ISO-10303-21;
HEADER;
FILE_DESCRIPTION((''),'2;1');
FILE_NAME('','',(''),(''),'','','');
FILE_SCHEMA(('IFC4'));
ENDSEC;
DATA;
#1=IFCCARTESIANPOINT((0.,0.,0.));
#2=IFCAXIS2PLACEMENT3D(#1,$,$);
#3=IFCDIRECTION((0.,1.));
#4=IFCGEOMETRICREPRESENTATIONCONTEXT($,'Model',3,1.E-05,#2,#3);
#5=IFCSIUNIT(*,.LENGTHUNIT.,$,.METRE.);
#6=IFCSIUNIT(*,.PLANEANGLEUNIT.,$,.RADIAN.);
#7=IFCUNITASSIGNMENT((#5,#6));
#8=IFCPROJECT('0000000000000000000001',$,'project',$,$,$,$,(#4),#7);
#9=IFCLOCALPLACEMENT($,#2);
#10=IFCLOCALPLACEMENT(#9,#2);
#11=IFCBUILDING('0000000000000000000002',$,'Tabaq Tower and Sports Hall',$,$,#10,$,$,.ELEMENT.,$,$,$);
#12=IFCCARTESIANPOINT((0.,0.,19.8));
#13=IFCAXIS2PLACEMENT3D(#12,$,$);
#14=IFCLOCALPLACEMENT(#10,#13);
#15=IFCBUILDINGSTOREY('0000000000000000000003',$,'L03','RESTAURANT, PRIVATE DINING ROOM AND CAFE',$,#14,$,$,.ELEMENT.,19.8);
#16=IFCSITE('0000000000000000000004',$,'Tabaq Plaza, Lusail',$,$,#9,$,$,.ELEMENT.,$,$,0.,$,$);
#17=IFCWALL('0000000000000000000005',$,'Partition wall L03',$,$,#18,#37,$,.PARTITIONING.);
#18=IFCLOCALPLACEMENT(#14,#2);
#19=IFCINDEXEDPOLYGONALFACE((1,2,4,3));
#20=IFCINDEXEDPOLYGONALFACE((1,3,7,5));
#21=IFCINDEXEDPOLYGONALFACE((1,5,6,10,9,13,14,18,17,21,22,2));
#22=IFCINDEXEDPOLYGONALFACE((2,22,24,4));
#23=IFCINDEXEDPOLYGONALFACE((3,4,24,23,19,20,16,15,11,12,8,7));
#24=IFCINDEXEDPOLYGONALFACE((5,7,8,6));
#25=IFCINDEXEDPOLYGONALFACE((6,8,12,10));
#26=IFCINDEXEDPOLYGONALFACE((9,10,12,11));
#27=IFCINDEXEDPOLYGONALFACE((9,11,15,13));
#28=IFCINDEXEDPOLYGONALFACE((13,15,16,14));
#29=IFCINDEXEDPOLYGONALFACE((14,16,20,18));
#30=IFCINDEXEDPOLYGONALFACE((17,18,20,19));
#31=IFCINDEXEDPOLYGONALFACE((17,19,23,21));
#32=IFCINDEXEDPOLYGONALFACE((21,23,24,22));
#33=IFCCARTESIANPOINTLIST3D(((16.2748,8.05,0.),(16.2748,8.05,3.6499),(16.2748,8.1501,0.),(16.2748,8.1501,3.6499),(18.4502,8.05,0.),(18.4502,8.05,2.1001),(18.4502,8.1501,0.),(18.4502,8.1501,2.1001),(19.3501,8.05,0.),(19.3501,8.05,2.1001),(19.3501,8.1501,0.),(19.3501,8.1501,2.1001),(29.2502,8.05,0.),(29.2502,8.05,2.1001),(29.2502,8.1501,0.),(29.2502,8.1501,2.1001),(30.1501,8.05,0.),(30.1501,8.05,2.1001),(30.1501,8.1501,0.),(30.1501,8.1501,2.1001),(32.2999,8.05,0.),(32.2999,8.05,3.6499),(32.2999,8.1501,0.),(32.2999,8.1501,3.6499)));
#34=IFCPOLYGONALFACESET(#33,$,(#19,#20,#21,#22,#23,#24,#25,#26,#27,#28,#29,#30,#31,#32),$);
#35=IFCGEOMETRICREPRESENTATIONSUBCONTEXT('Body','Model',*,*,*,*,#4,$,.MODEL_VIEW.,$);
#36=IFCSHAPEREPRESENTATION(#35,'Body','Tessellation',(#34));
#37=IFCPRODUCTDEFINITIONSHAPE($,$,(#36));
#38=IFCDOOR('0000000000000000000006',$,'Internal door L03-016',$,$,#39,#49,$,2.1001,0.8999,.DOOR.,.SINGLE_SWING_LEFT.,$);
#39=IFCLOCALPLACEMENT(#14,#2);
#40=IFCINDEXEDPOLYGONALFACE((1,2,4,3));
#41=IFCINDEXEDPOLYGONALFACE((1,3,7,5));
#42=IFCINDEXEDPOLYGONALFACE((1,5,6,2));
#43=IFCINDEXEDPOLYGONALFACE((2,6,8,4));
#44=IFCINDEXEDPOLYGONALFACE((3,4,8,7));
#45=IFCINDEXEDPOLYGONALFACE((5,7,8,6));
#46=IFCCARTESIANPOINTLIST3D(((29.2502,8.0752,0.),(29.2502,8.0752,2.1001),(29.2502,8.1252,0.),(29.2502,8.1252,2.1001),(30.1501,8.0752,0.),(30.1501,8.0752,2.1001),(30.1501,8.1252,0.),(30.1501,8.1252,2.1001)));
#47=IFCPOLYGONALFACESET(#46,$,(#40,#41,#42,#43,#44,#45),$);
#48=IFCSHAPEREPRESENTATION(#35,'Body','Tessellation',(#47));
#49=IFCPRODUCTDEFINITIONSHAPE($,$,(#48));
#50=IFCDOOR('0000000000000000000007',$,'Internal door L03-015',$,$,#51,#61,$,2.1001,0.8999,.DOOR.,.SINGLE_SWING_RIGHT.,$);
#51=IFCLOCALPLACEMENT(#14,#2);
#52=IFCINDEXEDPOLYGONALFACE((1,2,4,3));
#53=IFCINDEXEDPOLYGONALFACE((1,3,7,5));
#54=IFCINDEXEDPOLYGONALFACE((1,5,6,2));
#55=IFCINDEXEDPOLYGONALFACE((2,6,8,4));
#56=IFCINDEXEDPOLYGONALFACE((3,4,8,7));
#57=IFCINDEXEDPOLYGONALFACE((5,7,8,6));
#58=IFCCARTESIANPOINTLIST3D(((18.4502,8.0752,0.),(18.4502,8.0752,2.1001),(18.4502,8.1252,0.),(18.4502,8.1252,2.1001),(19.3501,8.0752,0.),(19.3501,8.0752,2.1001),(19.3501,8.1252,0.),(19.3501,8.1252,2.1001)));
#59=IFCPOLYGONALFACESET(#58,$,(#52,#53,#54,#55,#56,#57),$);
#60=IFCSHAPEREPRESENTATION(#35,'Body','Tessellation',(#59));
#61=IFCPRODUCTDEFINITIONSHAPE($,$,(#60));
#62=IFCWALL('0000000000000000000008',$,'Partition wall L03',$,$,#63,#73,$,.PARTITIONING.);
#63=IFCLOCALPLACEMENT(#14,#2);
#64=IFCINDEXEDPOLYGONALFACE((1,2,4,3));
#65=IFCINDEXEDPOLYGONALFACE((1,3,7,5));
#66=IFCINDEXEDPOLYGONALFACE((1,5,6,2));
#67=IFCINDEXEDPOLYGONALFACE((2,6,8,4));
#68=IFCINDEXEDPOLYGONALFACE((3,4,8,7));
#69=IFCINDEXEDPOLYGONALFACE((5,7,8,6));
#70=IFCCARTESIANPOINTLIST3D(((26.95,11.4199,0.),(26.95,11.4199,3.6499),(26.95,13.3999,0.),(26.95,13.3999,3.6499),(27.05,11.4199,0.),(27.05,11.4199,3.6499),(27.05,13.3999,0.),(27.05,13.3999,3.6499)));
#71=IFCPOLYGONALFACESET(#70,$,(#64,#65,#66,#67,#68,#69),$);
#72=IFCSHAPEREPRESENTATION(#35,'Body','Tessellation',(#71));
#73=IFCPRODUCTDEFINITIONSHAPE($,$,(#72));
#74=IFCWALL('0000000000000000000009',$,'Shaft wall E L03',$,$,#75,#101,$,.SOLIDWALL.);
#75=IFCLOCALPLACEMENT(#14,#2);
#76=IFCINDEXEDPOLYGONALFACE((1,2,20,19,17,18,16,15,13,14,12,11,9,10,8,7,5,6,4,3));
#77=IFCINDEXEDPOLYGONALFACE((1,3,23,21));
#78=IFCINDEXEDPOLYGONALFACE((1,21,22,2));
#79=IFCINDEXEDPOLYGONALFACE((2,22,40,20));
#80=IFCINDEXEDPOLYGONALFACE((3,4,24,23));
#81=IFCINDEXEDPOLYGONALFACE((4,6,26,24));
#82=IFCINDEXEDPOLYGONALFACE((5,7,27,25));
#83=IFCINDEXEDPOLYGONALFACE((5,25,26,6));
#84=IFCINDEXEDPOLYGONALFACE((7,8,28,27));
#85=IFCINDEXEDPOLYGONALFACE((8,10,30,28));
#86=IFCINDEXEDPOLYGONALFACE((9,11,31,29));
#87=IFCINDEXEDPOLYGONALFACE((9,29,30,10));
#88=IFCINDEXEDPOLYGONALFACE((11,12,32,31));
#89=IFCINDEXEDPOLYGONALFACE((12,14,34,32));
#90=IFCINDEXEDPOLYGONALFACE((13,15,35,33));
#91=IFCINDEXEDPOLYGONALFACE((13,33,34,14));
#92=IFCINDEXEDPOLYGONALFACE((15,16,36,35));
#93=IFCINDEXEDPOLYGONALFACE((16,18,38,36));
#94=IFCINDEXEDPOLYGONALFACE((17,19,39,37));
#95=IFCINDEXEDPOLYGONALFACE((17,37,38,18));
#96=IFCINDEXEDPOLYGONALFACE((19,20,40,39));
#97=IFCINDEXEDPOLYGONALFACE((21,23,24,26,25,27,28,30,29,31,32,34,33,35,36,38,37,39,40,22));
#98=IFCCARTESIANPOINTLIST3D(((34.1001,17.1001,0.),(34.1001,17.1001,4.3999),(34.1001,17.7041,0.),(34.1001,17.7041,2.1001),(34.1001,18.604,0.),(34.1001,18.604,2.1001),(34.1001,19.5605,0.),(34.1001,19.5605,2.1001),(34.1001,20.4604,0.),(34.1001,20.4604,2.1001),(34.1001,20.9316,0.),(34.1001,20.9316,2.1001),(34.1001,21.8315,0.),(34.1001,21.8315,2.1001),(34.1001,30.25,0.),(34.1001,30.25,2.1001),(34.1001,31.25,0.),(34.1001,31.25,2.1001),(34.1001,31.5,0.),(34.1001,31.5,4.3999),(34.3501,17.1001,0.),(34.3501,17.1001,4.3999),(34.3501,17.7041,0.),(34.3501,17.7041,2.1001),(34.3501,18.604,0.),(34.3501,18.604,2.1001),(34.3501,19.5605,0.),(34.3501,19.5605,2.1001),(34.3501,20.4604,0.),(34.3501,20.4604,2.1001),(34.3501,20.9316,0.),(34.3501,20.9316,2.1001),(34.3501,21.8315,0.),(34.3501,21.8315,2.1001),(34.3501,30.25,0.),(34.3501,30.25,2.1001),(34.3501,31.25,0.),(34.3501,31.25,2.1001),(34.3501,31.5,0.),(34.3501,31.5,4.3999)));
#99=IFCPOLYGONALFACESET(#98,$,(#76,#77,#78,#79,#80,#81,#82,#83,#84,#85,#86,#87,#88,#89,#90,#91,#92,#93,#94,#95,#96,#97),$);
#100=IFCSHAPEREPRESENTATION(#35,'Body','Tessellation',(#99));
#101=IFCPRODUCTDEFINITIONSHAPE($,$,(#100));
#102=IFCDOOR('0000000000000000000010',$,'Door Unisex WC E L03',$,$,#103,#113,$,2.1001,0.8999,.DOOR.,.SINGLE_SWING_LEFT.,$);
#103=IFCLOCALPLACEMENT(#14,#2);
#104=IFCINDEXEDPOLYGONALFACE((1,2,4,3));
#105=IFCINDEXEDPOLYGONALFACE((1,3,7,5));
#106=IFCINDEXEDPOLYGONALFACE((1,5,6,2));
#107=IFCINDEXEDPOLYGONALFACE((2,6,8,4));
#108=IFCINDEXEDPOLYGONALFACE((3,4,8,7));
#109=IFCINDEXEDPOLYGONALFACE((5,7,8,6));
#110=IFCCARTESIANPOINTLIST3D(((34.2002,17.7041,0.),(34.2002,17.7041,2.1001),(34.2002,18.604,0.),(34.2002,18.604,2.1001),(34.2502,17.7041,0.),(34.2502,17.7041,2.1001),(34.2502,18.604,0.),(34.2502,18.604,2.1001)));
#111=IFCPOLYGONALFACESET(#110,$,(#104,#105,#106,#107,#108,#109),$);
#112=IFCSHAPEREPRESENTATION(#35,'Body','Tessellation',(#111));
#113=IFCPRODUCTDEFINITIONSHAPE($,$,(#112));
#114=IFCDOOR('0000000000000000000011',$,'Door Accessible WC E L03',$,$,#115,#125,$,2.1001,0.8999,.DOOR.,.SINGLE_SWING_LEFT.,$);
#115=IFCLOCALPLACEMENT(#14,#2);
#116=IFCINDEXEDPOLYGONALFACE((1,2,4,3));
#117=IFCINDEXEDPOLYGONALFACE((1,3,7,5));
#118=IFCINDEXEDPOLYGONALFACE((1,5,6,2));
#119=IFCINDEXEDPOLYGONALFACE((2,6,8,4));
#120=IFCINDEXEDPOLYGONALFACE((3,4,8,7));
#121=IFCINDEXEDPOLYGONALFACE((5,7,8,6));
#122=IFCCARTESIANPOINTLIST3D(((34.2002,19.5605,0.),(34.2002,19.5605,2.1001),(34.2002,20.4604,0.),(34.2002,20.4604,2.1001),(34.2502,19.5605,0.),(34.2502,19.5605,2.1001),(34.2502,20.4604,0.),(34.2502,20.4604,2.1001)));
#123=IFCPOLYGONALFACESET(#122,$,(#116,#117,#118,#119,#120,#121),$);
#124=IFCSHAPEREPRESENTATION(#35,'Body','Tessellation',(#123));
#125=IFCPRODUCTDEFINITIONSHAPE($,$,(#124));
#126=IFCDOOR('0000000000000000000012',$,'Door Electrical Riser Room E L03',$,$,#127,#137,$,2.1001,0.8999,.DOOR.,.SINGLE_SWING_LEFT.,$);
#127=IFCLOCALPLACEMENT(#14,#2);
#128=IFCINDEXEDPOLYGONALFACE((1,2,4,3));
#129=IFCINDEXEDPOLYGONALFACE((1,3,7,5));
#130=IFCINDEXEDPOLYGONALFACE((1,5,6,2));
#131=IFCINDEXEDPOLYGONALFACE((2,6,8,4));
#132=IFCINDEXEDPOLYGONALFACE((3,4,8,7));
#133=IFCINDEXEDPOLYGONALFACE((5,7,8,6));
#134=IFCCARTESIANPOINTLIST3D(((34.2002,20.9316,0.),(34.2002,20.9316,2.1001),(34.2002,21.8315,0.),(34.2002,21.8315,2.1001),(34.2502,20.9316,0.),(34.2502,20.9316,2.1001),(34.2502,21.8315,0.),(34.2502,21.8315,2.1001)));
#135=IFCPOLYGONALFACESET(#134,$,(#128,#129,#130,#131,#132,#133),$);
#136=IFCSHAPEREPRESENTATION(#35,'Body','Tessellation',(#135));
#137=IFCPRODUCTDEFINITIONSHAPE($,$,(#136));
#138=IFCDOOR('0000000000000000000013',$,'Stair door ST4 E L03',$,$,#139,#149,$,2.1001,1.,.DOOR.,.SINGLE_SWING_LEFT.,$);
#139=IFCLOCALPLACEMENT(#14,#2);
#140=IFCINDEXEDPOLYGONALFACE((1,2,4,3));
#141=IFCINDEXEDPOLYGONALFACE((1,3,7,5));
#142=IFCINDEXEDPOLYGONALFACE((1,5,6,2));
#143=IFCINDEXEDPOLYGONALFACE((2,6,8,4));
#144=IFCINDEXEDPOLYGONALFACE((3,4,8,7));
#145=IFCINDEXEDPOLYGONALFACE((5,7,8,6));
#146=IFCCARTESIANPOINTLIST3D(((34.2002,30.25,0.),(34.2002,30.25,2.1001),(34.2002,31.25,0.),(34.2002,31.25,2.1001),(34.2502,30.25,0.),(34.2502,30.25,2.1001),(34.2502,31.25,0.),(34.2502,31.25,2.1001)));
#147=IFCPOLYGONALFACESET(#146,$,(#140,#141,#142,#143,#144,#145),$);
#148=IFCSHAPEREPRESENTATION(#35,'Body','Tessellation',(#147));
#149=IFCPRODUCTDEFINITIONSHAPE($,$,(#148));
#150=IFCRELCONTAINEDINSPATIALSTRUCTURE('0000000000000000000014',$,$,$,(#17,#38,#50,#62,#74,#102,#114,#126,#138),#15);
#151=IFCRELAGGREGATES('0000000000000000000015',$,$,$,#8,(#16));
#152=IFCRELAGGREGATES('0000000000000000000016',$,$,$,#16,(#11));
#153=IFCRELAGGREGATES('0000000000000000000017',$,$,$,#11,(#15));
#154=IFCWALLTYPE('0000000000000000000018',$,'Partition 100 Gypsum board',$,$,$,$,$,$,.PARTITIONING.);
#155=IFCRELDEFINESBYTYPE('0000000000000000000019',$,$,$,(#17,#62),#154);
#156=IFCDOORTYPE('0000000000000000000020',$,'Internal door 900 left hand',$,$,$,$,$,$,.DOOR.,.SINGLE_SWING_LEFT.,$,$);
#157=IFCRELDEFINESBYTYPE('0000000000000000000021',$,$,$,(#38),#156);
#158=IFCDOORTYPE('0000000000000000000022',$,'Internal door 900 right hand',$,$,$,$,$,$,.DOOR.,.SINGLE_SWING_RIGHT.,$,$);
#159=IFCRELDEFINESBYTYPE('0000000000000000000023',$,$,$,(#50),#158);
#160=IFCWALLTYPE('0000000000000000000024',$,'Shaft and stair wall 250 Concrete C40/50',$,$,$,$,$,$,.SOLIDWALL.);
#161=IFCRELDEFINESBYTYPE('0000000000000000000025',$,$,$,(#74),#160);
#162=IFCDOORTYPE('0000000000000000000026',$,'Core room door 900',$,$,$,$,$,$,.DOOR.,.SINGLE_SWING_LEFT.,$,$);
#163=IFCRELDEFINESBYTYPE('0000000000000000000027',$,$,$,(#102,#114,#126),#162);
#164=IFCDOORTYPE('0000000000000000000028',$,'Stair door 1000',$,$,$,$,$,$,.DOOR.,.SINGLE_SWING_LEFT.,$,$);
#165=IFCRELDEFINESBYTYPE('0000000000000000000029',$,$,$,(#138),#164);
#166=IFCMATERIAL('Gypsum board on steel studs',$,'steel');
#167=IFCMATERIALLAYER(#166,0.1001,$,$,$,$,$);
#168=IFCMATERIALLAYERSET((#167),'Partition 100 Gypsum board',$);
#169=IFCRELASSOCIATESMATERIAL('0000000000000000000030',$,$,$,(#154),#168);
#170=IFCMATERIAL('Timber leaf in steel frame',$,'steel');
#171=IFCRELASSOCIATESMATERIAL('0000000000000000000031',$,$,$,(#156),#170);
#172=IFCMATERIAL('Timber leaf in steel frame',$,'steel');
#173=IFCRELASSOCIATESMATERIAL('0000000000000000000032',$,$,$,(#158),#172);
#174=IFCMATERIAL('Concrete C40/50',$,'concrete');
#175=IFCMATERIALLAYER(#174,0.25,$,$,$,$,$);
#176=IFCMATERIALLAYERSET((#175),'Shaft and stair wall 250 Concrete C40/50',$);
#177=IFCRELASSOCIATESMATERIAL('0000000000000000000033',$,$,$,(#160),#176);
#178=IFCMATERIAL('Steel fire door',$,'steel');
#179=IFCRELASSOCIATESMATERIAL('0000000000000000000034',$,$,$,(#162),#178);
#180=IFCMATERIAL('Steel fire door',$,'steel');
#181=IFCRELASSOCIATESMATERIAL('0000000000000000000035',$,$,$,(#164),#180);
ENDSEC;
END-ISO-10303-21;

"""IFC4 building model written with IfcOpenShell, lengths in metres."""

from ifc_helpers import new_model, si_unit, direction, frame, frame_2d, origin, place, context, subcontext, project, spatial, rectangle, extrude, material, layer, layer_set, type_object, element, fill, save


model = new_model("IFC4")

# Units and contexts
model_context = context("Model", 3, precision=1e-05, world=origin(), true_north=direction((0.0, 1.0)))
body_context = subcontext(model_context, "Body", "Model", "MODEL_VIEW")
ifc_project = project(units=[si_unit("LENGTHUNIT", "METRE"), si_unit("PLANEANGLEUNIT", "RADIAN")], contexts=[model_context])

# Site, building, storey
site_placement = place(None, origin())
site = spatial("IfcSite", under=ifc_project, at=site_placement, Name="Tabaq Plaza, Lusail", CompositionType="ELEMENT", RefElevation=0.0)
building_placement = place(site_placement, origin())
building = spatial("IfcBuilding", under=site, at=building_placement, Name="Tabaq Tower and Sports Hall", CompositionType="ELEMENT")
storey_placement = place(building_placement, frame((0.0, 0.0, 19.8)))
storey = spatial("IfcBuildingStorey", under=building, at=storey_placement, Name="L03", Description="RESTAURANT, PRIVATE DINING ROOM AND CAFE", CompositionType="ELEMENT", Elevation=19.8)

# Wall, openings, doors
ifc_material_1 = material(Name="Gypsum board on steel studs", Category="steel")
ifc_layer_1 = layer(ifc_material_1, 0.1001)
ifc_layer_set_1 = layer_set([ifc_layer_1], Name="Partition 100 Gypsum board")
wall_type_1 = type_object("IfcWallType", Name="Partition 100 Gypsum board", PredefinedType="PARTITIONING", material=ifc_layer_set_1)
wall_1_placement = place(storey_placement, frame((32.3, 8.1001, 0.0), z_axis=(0.0, 0.0, 1.0), x_axis=(-1.0, 0.0, 0.0)))
wall_1 = element("IfcWall", 1, at=wall_1_placement, inside=storey, type_object=wall_type_1, Name="Partition wall L03", PredefinedType="PARTITIONING", context=body_context, shape_type="SweptSolid", body=[
    extrude(rectangle(XDim=16.0251, YDim=0.1001, at=frame_2d((8.0127, 0.0))), origin(), (0.0, 0.0, 1.0), 3.6499),
])
opening_1_placement = place(wall_1_placement, frame((12.95, 0.0, 0.0)))
opening_1 = element("IfcOpeningElement", 2, at=opening_1_placement, cuts=wall_1, PredefinedType="OPENING", context=body_context, shape_type="SweptSolid", body=[
    extrude(rectangle(XDim=0.8999, YDim=2.1001, at=frame_2d((0.45, 1.05))), frame((0.0, 0.05, 0.0), z_axis=(0.0, -1.0, 0.0), x_axis=(1.0, 0.0, 0.0)), (0.0, 0.0, 1.0), 0.1001),
])
opening_2_placement = place(wall_1_placement, frame((2.1499, 0.0, 0.0)))
opening_2 = element("IfcOpeningElement", 3, at=opening_2_placement, cuts=wall_1, PredefinedType="OPENING", context=body_context, shape_type="SweptSolid", body=[
    extrude(rectangle(XDim=0.8999, YDim=2.1001, at=frame_2d((0.45, 1.05))), frame((0.0, 0.05, 0.0), z_axis=(0.0, -1.0, 0.0), x_axis=(1.0, 0.0, 0.0)), (0.0, 0.0, 1.0), 0.1001),
])
ifc_material_2 = material(Name="Timber leaf in steel frame", Category="steel")
door_type_1 = type_object("IfcDoorType", Name="Internal door 900 left hand", OperationType="SINGLE_SWING_LEFT", PredefinedType="DOOR", material=ifc_material_2)
door_1_placement = place(opening_2_placement, origin())
door_1 = element("IfcDoor", 4, at=door_1_placement, inside=storey, type_object=door_type_1, Name="Internal door L03-016", OperationType="SINGLE_SWING_LEFT", OverallHeight=2.1001, OverallWidth=0.8999, PredefinedType="DOOR", context=body_context, shape_type="SweptSolid", body=[
    extrude(rectangle(XDim=0.8999, YDim=2.1001, at=frame_2d((0.45, 1.05))), frame((0.0, 0.0249, 0.0), z_axis=(0.0, -1.0, 0.0), x_axis=(1.0, 0.0, 0.0)), (0.0, 0.0, 1.0), 0.05),
])
fill(opening_2, door_1)
ifc_material_3 = material(Name="Timber leaf in steel frame", Category="steel")
door_type_2 = type_object("IfcDoorType", Name="Internal door 900 right hand", OperationType="SINGLE_SWING_RIGHT", PredefinedType="DOOR", material=ifc_material_3)
door_2_placement = place(opening_1_placement, origin())
door_2 = element("IfcDoor", 5, at=door_2_placement, inside=storey, type_object=door_type_2, Name="Internal door L03-015", OperationType="SINGLE_SWING_RIGHT", OverallHeight=2.1001, OverallWidth=0.8999, PredefinedType="DOOR", context=body_context, shape_type="SweptSolid", body=[
    extrude(rectangle(XDim=0.8999, YDim=2.1001, at=frame_2d((0.45, 1.05))), frame((0.0, 0.0249, 0.0), z_axis=(0.0, -1.0, 0.0), x_axis=(1.0, 0.0, 0.0)), (0.0, 0.0, 1.0), 0.05),
])
fill(opening_1, door_2)

# Wall
wall_2_placement = place(storey_placement, frame((27.0, 11.4199, 0.0), z_axis=(0.0, 0.0, 1.0), x_axis=(0.0, 1.0, 0.0)))
element("IfcWall", 6, at=wall_2_placement, inside=storey, type_object=wall_type_1, Name="Partition wall L03", PredefinedType="PARTITIONING", context=body_context, shape_type="SweptSolid", body=[
    extrude(rectangle(XDim=1.98, YDim=0.1001, at=frame_2d((0.99, 0.0))), origin(), (0.0, 0.0, 1.0), 3.6499),
])

# Wall, openings, doors
ifc_material_4 = material(Name="Concrete C40/50", Category="concrete")
ifc_layer_2 = layer(ifc_material_4, 0.25)
ifc_layer_set_2 = layer_set([ifc_layer_2], Name="Shaft and stair wall 250 Concrete C40/50")
wall_type_2 = type_object("IfcWallType", Name="Shaft and stair wall 250 Concrete C40/50", PredefinedType="SOLIDWALL", material=ifc_layer_set_2)
wall_3_placement = place(storey_placement, frame((34.2251, 17.1001, 0.0), z_axis=(0.0, 0.0, 1.0), x_axis=(0.0, 1.0, 0.0)))
wall_3 = element("IfcWall", 7, at=wall_3_placement, inside=storey, type_object=wall_type_2, Name="Shaft wall E L03", PredefinedType="SOLIDWALL", context=body_context, shape_type="SweptSolid", body=[
    extrude(rectangle(XDim=14.3999, YDim=0.25, at=frame_2d((7.2, 0.0))), origin(), (0.0, 0.0, 1.0), 4.3999),
])
opening_3_placement = place(wall_3_placement, frame((13.1499, 0.0, 0.0)))
opening_3 = element("IfcOpeningElement", 8, at=opening_3_placement, cuts=wall_3, PredefinedType="OPENING", context=body_context, shape_type="SweptSolid", body=[
    extrude(rectangle(XDim=1.0, YDim=2.1001, at=frame_2d((0.5, 1.05))), frame((0.0, 0.125, 0.0), z_axis=(0.0, -1.0, 0.0), x_axis=(1.0, 0.0, 0.0)), (0.0, 0.0, 1.0), 0.25),
])
opening_4_placement = place(wall_3_placement, frame((0.604, 0.0, 0.0)))
opening_4 = element("IfcOpeningElement", 9, at=opening_4_placement, cuts=wall_3, PredefinedType="OPENING", context=body_context, shape_type="SweptSolid", body=[
    extrude(rectangle(XDim=0.8999, YDim=2.1001, at=frame_2d((0.45, 1.05))), frame((0.0, 0.125, 0.0), z_axis=(0.0, -1.0, 0.0), x_axis=(1.0, 0.0, 0.0)), (0.0, 0.0, 1.0), 0.25),
])
opening_5_placement = place(wall_3_placement, frame((2.4604, 0.0, 0.0)))
opening_5 = element("IfcOpeningElement", 10, at=opening_5_placement, cuts=wall_3, PredefinedType="OPENING", context=body_context, shape_type="SweptSolid", body=[
    extrude(rectangle(XDim=0.8999, YDim=2.1001, at=frame_2d((0.45, 1.05))), frame((0.0, 0.125, 0.0), z_axis=(0.0, -1.0, 0.0), x_axis=(1.0, 0.0, 0.0)), (0.0, 0.0, 1.0), 0.25),
])
opening_6_placement = place(wall_3_placement, frame((3.8315, 0.0, 0.0)))
opening_6 = element("IfcOpeningElement", 11, at=opening_6_placement, cuts=wall_3, PredefinedType="OPENING", context=body_context, shape_type="SweptSolid", body=[
    extrude(rectangle(XDim=0.8999, YDim=2.1001, at=frame_2d((0.45, 1.05))), frame((0.0, 0.125, 0.0), z_axis=(0.0, -1.0, 0.0), x_axis=(1.0, 0.0, 0.0)), (0.0, 0.0, 1.0), 0.25),
])
ifc_material_5 = material(Name="Steel fire door", Category="steel")
door_type_3 = type_object("IfcDoorType", Name="Core room door 900", OperationType="SINGLE_SWING_LEFT", PredefinedType="DOOR", material=ifc_material_5)
door_3_placement = place(opening_4_placement, origin())
door_3 = element("IfcDoor", 12, at=door_3_placement, inside=storey, type_object=door_type_3, Name="Door Unisex WC E L03", OperationType="SINGLE_SWING_LEFT", OverallHeight=2.1001, OverallWidth=0.8999, PredefinedType="DOOR", context=body_context, shape_type="SweptSolid", body=[
    extrude(rectangle(XDim=0.8999, YDim=2.1001, at=frame_2d((0.45, 1.05))), frame((0.0, 0.0249, 0.0), z_axis=(0.0, -1.0, 0.0), x_axis=(1.0, 0.0, 0.0)), (0.0, 0.0, 1.0), 0.05),
])
fill(opening_4, door_3)
door_4_placement = place(opening_5_placement, origin())
door_4 = element("IfcDoor", 13, at=door_4_placement, inside=storey, type_object=door_type_3, Name="Door Accessible WC E L03", OperationType="SINGLE_SWING_LEFT", OverallHeight=2.1001, OverallWidth=0.8999, PredefinedType="DOOR", context=body_context, shape_type="SweptSolid", body=[
    extrude(rectangle(XDim=0.8999, YDim=2.1001, at=frame_2d((0.45, 1.05))), frame((0.0, 0.0249, 0.0), z_axis=(0.0, -1.0, 0.0), x_axis=(1.0, 0.0, 0.0)), (0.0, 0.0, 1.0), 0.05),
])
fill(opening_5, door_4)
door_5_placement = place(opening_6_placement, origin())
door_5 = element("IfcDoor", 14, at=door_5_placement, inside=storey, type_object=door_type_3, Name="Door Electrical Riser Room E L03", OperationType="SINGLE_SWING_LEFT", OverallHeight=2.1001, OverallWidth=0.8999, PredefinedType="DOOR", context=body_context, shape_type="SweptSolid", body=[
    extrude(rectangle(XDim=0.8999, YDim=2.1001, at=frame_2d((0.45, 1.05))), frame((0.0, 0.0249, 0.0), z_axis=(0.0, -1.0, 0.0), x_axis=(1.0, 0.0, 0.0)), (0.0, 0.0, 1.0), 0.05),
])
fill(opening_6, door_5)
ifc_material_6 = material(Name="Steel fire door", Category="steel")
door_type_4 = type_object("IfcDoorType", Name="Stair door 1000", OperationType="SINGLE_SWING_LEFT", PredefinedType="DOOR", material=ifc_material_6)
door_6_placement = place(opening_3_placement, origin())
door_6 = element("IfcDoor", 15, at=door_6_placement, inside=storey, type_object=door_type_4, Name="Stair door ST4 E L03", OperationType="SINGLE_SWING_LEFT", OverallHeight=2.1001, OverallWidth=1.0, PredefinedType="DOOR", context=body_context, shape_type="SweptSolid", body=[
    extrude(rectangle(XDim=1.0, YDim=2.1001, at=frame_2d((0.5, 1.05))), frame((0.0, 0.0249, 0.0), z_axis=(0.0, -1.0, 0.0), x_axis=(1.0, 0.0, 0.0)), (0.0, 0.0, 1.0), 0.05),
])
fill(opening_3, door_6)

save(model, "model.ifc")
